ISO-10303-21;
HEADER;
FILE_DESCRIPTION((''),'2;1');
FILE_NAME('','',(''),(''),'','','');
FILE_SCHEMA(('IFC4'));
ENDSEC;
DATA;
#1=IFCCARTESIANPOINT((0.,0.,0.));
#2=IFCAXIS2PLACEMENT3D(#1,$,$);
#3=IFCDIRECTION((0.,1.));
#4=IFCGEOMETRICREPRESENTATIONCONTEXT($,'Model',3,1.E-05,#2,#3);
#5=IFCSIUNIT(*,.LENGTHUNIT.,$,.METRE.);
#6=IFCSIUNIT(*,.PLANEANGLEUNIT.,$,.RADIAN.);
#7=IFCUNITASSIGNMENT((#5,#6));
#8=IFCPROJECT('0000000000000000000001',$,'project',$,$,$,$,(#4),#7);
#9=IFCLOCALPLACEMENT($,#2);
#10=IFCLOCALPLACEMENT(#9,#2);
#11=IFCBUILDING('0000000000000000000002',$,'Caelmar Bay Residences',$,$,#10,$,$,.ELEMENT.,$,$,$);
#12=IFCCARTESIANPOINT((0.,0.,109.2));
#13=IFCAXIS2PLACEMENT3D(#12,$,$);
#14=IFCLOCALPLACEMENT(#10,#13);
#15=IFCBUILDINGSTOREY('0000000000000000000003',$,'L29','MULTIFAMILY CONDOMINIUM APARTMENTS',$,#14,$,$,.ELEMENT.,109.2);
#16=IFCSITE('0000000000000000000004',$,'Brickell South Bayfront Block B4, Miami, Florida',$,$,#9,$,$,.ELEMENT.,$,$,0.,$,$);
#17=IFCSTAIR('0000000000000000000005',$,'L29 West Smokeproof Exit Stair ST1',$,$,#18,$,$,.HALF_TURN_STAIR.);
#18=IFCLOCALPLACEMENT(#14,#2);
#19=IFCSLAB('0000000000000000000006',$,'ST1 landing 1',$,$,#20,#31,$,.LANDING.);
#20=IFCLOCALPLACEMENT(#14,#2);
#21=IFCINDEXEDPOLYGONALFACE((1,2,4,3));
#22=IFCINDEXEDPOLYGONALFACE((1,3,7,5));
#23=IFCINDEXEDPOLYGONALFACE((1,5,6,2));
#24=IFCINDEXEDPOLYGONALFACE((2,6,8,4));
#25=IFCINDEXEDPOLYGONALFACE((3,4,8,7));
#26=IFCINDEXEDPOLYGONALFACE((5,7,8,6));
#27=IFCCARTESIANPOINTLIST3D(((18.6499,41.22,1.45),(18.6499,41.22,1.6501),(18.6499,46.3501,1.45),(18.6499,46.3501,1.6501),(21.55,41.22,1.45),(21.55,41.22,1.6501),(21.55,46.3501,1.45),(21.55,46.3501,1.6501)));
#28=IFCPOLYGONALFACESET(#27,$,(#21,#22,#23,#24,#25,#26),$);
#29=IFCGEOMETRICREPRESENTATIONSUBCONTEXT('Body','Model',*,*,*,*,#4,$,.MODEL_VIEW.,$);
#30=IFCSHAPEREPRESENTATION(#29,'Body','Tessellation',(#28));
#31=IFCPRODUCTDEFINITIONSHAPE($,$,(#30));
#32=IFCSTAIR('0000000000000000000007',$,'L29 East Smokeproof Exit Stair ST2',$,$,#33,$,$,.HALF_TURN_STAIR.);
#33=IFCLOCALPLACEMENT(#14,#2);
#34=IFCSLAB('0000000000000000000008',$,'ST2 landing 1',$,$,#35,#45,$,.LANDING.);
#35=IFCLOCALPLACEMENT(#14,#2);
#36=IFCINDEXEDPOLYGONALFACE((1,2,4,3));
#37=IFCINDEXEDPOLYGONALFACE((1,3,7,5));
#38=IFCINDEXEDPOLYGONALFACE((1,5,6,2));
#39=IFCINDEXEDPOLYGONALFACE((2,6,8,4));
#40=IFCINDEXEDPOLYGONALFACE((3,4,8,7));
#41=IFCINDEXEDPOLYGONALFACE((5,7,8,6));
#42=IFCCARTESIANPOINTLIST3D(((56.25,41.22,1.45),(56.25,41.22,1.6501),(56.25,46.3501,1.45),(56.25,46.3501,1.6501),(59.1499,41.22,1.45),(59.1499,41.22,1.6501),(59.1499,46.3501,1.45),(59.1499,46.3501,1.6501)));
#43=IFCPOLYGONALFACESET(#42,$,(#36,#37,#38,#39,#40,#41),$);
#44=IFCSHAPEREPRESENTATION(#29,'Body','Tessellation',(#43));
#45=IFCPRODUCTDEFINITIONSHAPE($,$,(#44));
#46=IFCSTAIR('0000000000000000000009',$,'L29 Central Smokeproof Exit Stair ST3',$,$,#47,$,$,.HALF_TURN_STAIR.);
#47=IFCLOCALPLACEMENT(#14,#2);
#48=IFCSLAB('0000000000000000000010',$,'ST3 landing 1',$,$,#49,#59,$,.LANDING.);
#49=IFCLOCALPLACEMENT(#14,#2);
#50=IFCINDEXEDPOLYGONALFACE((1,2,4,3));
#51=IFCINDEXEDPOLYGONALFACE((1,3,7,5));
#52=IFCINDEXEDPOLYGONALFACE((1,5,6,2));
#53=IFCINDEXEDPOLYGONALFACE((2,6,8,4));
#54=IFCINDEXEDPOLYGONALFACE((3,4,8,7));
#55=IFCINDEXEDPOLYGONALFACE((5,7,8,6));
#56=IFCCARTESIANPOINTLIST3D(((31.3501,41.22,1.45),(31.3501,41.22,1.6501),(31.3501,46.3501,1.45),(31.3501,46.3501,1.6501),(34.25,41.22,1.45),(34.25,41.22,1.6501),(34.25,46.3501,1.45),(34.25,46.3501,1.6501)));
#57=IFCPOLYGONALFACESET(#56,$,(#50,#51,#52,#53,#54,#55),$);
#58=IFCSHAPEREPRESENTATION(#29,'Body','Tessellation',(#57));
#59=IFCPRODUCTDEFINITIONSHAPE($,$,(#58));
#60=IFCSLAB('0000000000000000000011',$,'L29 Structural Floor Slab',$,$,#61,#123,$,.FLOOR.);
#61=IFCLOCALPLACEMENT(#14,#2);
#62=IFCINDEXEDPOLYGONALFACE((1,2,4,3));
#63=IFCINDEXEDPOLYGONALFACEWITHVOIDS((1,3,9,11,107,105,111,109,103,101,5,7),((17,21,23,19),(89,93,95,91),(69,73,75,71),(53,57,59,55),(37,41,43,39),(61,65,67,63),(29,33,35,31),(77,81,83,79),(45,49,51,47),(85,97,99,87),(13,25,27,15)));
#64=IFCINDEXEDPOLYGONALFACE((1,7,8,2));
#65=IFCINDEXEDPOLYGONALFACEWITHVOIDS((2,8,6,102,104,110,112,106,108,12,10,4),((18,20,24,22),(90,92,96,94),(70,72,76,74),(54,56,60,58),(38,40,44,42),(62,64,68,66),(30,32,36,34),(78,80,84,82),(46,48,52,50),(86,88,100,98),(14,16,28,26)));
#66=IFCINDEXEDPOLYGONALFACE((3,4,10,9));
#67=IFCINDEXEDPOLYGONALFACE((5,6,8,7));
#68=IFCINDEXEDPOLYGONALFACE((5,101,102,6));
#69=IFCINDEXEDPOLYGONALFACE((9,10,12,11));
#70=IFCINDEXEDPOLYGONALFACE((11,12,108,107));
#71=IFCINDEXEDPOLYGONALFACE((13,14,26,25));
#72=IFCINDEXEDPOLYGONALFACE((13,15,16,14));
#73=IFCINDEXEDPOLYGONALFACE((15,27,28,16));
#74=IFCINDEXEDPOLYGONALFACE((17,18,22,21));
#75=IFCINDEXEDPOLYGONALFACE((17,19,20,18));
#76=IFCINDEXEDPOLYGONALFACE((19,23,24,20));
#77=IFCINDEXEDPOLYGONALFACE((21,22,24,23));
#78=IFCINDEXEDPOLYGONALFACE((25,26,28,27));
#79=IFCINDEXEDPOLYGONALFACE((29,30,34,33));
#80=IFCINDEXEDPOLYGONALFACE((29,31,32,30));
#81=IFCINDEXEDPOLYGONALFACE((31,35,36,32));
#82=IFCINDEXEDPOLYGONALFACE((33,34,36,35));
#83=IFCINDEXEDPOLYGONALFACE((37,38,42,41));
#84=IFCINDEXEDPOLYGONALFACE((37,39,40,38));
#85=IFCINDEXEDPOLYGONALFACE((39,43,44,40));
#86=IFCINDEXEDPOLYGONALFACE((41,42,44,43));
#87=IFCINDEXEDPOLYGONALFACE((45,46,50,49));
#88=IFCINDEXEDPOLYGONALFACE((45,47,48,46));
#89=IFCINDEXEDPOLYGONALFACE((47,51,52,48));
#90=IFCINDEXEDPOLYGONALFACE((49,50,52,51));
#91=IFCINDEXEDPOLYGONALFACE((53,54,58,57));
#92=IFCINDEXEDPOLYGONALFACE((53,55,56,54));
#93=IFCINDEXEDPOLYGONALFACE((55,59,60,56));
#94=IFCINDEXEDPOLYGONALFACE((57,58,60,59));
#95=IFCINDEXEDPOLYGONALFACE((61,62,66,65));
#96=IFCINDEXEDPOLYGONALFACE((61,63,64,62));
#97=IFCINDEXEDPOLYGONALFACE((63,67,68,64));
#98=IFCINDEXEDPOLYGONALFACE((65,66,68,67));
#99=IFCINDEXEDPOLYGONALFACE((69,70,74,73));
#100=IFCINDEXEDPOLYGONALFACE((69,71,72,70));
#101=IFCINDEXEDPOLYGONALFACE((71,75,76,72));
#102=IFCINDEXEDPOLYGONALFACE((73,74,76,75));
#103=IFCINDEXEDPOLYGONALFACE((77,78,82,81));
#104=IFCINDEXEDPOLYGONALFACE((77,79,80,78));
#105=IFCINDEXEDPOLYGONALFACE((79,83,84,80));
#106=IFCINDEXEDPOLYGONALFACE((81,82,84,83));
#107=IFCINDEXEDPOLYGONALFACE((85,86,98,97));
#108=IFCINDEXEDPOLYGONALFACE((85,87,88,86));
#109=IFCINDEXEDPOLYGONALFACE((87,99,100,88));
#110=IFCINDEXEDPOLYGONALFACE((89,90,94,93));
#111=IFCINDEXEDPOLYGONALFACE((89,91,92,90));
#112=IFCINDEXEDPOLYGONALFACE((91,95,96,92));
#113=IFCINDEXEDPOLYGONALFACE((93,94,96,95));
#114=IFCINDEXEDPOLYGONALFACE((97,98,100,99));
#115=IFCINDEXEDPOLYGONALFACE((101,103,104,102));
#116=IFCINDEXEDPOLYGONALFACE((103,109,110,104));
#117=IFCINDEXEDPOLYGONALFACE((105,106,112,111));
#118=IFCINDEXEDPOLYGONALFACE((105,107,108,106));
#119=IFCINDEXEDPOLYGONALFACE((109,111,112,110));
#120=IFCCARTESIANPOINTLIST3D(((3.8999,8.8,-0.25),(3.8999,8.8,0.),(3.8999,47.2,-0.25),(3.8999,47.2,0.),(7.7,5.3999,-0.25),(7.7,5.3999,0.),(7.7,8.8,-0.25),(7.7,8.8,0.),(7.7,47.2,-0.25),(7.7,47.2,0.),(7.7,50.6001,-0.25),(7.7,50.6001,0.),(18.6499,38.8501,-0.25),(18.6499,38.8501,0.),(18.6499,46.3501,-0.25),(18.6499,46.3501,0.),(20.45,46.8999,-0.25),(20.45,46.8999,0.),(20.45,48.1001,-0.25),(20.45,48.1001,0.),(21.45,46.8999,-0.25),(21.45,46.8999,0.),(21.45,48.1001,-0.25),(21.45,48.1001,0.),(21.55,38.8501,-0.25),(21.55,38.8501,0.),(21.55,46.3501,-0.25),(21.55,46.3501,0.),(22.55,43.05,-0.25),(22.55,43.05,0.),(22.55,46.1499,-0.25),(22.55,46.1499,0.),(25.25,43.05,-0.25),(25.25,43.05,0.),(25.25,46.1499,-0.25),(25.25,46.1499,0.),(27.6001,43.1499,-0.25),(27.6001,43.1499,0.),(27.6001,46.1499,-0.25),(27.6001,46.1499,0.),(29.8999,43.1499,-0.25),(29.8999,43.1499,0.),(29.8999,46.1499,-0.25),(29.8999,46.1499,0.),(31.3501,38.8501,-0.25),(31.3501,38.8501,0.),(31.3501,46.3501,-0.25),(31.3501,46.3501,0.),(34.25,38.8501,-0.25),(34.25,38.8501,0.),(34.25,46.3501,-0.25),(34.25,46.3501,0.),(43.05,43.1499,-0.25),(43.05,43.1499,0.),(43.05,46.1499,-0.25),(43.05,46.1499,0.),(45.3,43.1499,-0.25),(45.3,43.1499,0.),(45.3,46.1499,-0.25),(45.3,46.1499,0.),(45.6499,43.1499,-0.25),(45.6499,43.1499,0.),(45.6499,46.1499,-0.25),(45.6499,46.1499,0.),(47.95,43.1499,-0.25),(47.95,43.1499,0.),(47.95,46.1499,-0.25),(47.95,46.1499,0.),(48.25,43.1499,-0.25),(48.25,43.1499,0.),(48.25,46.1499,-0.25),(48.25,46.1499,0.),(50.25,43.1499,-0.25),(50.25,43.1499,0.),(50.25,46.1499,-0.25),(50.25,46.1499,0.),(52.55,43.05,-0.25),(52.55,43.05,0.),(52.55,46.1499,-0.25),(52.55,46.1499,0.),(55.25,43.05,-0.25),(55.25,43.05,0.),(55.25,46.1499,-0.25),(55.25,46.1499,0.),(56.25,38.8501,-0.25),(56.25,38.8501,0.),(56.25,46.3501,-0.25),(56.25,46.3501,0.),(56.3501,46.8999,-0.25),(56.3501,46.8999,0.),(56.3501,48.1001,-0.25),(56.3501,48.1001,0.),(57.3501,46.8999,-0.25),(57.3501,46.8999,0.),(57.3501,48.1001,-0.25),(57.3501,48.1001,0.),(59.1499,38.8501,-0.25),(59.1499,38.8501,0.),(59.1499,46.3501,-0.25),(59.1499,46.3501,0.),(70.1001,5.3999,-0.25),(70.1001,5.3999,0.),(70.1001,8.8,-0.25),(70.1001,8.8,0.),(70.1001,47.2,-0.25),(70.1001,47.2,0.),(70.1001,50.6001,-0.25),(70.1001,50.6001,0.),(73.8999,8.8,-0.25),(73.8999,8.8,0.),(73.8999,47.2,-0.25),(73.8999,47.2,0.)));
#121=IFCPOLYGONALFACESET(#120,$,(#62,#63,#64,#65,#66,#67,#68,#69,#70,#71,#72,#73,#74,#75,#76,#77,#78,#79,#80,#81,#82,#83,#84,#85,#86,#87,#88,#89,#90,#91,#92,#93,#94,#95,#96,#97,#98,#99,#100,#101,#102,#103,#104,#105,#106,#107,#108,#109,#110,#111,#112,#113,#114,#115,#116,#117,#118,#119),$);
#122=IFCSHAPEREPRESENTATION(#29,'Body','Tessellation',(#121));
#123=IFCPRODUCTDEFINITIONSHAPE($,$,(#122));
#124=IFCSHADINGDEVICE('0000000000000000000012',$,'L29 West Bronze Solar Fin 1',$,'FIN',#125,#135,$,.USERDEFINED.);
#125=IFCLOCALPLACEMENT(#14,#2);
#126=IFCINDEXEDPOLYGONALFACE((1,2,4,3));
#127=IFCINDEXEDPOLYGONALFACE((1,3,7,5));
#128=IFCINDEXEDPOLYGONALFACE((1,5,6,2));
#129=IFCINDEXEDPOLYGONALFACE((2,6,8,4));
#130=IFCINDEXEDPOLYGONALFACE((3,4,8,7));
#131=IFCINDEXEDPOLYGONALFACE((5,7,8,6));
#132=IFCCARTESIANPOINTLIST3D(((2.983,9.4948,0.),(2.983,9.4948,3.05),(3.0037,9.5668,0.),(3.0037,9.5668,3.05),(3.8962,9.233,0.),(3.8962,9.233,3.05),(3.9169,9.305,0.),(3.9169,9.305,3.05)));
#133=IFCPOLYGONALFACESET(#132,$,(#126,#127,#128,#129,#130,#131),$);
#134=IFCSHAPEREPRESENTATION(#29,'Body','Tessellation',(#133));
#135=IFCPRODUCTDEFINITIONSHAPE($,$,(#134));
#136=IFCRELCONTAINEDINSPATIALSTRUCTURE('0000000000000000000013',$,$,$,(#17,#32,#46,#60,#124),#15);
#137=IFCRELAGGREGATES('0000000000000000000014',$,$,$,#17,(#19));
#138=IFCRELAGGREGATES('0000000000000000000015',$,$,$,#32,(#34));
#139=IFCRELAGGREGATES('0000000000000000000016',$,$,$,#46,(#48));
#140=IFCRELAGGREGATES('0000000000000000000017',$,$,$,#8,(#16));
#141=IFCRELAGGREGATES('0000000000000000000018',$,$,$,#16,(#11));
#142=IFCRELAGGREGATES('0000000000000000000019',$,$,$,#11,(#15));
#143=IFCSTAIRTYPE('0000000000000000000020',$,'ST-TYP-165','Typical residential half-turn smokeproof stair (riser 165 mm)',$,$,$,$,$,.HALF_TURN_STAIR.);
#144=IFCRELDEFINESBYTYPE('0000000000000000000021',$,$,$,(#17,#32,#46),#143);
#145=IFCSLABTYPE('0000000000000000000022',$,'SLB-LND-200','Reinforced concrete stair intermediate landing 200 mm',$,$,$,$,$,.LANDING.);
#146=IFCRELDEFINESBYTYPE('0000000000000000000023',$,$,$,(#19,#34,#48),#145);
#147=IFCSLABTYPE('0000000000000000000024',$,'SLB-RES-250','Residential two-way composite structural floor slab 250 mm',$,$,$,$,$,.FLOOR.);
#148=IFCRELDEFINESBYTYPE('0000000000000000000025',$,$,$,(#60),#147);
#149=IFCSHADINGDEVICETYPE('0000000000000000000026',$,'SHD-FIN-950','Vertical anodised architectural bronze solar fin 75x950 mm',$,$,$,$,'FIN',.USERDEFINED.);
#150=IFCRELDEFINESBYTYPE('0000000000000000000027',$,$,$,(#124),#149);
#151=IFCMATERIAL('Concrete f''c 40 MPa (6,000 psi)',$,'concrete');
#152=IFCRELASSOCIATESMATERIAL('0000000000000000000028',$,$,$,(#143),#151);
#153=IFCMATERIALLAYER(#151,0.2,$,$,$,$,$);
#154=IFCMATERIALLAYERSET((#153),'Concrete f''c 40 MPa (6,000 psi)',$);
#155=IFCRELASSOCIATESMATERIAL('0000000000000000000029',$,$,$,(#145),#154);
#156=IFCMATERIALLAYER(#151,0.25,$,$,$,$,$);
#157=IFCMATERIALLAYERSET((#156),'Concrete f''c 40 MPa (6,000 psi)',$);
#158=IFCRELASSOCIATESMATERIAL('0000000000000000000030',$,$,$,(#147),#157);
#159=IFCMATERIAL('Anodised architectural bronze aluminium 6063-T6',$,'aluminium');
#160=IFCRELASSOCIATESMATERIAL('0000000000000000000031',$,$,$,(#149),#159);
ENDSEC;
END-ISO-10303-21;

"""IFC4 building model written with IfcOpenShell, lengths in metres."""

from ifc_helpers import new_model, si_unit, direction, frame, origin, origin_2d, place, context, subcontext, project, spatial, polyline, rectangle, outline, extrude, material, layer, layer_set, material_profile, profile_set, type_object, element, aggregate, save


model = new_model("IFC4")

# Units and contexts
model_context = context("Model", 3, precision=1e-05, world=origin(), true_north=direction((0.0, 1.0)))
body_context = subcontext(model_context, "Body", "Model", "MODEL_VIEW")
ifc_project = project(units=[si_unit("LENGTHUNIT", "METRE"), si_unit("PLANEANGLEUNIT", "RADIAN")], contexts=[model_context])

# Site, building, storey
site_placement = place(None, origin())
site = spatial("IfcSite", under=ifc_project, at=site_placement, Name="Brickell South Bayfront Block B4, Miami, Florida", CompositionType="ELEMENT", RefElevation=0.0)
building_placement = place(site_placement, origin())
building = spatial("IfcBuilding", under=site, at=building_placement, Name="Caelmar Bay Residences", CompositionType="ELEMENT")
storey_placement = place(building_placement, frame((0.0, 0.0, 109.2)))
storey = spatial("IfcBuildingStorey", under=building, at=storey_placement, Name="L29", Description="MULTIFAMILY CONDOMINIUM APARTMENTS", CompositionType="ELEMENT", Elevation=109.2)

# Shared definitions
ifc_material_1 = material(Name="Concrete f'c 40 MPa (6,000 psi)", Category="concrete")

# Stairs, slabs
stair_type = type_object("IfcStairType", Name="ST-TYP-165", Description="Typical residential half-turn smokeproof stair (riser 165 mm)", PredefinedType="HALF_TURN_STAIR", material=ifc_material_1)
stair_1_placement = place(storey_placement, origin())
stair_1 = element("IfcStair", 1, at=stair_1_placement, inside=storey, type_object=stair_type, Name="L29 West Smokeproof Exit Stair ST1", PredefinedType="HALF_TURN_STAIR")
ifc_layer_1 = layer(ifc_material_1, 0.2)
ifc_layer_set_1 = layer_set([ifc_layer_1], Name="Concrete f'c 40 MPa (6,000 psi)")
slab_type_1 = type_object("IfcSlabType", Name="SLB-LND-200", Description="Reinforced concrete stair intermediate landing 200 mm", PredefinedType="LANDING", material=ifc_layer_set_1)
slab_1_placement = place(storey_placement, frame((0.0, 0.0, 1.45)))
slab_1 = element("IfcSlab", 2, at=slab_1_placement, type_object=slab_type_1, Name="ST1 landing 1", PredefinedType="LANDING", context=body_context, shape_type="SweptSolid", body=[
    extrude(outline(polyline([(21.55, 41.22), (21.55, 46.3501), (18.6499, 46.3501), (18.6499, 41.22), (21.55, 41.22)])), origin(), (0.0, 0.0, 1.0), 0.2002),
])
aggregate(stair_1, [slab_1])
stair_2_placement = place(storey_placement, origin())
stair_2 = element("IfcStair", 3, at=stair_2_placement, inside=storey, type_object=stair_type, Name="L29 East Smokeproof Exit Stair ST2", PredefinedType="HALF_TURN_STAIR")
slab_2_placement = place(storey_placement, frame((0.0, 0.0, 1.45)))
slab_2 = element("IfcSlab", 4, at=slab_2_placement, type_object=slab_type_1, Name="ST2 landing 1", PredefinedType="LANDING", context=body_context, shape_type="SweptSolid", body=[
    extrude(outline(polyline([(59.1499, 41.22), (59.1499, 46.3501), (56.25, 46.3501), (56.25, 41.22), (59.1499, 41.22)])), origin(), (0.0, 0.0, 1.0), 0.2002),
])
aggregate(stair_2, [slab_2])
stair_3_placement = place(storey_placement, origin())
stair_3 = element("IfcStair", 5, at=stair_3_placement, inside=storey, type_object=stair_type, Name="L29 Central Smokeproof Exit Stair ST3", PredefinedType="HALF_TURN_STAIR")
slab_3_placement = place(storey_placement, frame((0.0, 0.0, 1.45)))
slab_3 = element("IfcSlab", 6, at=slab_3_placement, type_object=slab_type_1, Name="ST3 landing 1", PredefinedType="LANDING", context=body_context, shape_type="SweptSolid", body=[
    extrude(outline(polyline([(34.25, 41.22), (34.25, 46.3501), (31.3501, 46.3501), (31.3501, 41.22), (34.25, 41.22)])), origin(), (0.0, 0.0, 1.0), 0.2002),
])
aggregate(stair_3, [slab_3])

# Slab
ifc_layer_2 = layer(ifc_material_1, 0.25)
ifc_layer_set_2 = layer_set([ifc_layer_2], Name="Concrete f'c 40 MPa (6,000 psi)")
slab_type_2 = type_object("IfcSlabType", Name="SLB-RES-250", Description="Residential two-way composite structural floor slab 250 mm", PredefinedType="FLOOR", material=ifc_layer_set_2)
slab_4_placement = place(storey_placement, frame((0.0, 0.0, -0.25)))
element("IfcSlab", 7, at=slab_4_placement, inside=storey, type_object=slab_type_2, Name="L29 Structural Floor Slab", PredefinedType="FLOOR", context=body_context, shape_type="SweptSolid", body=[
    extrude(outline(polyline([(7.7, 5.3999), (70.1001, 5.3999), (70.1001, 8.8), (73.8999, 8.8), (73.8999, 47.2), (70.1001, 47.2), (70.1001, 50.6001), (7.7, 50.6001), (7.7, 47.2), (3.8999, 47.2), (3.8999, 8.8), (7.7, 8.8), (7.7, 5.3999)]), holes=[polyline([(18.6499, 38.8501), (21.55, 38.8501), (21.55, 46.3501), (18.6499, 46.3501), (18.6499, 38.8501)]), polyline([(56.25, 38.8501), (59.1499, 38.8501), (59.1499, 46.3501), (56.25, 46.3501), (56.25, 38.8501)]), polyline([(31.3501, 38.8501), (34.25, 38.8501), (34.25, 46.3501), (31.3501, 46.3501), (31.3501, 38.8501)]), polyline([(22.55, 43.05), (25.25, 43.05), (25.25, 46.1499), (22.55, 46.1499), (22.55, 43.05)]), polyline([(52.55, 43.05), (55.25, 43.05), (55.25, 46.1499), (52.55, 46.1499), (52.55, 43.05)]), polyline([(43.05, 43.1499), (45.3, 43.1499), (45.3, 46.1499), (43.05, 46.1499), (43.05, 43.1499)]), polyline([(45.6499, 43.1499), (47.95, 43.1499), (47.95, 46.1499), (45.6499, 46.1499), (45.6499, 43.1499)]), polyline([(48.25, 43.1499), (50.25, 43.1499), (50.25, 46.1499), (48.25, 46.1499), (48.25, 43.1499)]), polyline([(27.6001, 43.1499), (29.8999, 43.1499), (29.8999, 46.1499), (27.6001, 46.1499), (27.6001, 43.1499)]), polyline([(20.45, 46.8999), (21.45, 46.8999), (21.45, 48.1001), (20.45, 48.1001), (20.45, 46.8999)]), polyline([(56.3501, 46.8999), (57.3501, 46.8999), (57.3501, 48.1001), (56.3501, 48.1001), (56.3501, 46.8999)])]), origin(), (0.0, 0.0, 1.0), 0.25),
])

# Shading device
ifc_material_2 = material(Name="Anodised architectural bronze aluminium 6063-T6", Category="aluminium")
ifc_material_profile_1 = material_profile(ifc_material_2, rectangle(XDim=0.075, YDim=0.95, at=origin_2d()), Name="BRONZE-FIN-75X950")
ifc_profile_set_1 = profile_set([ifc_material_profile_1], Name="Anodised architectural bronze aluminium 6063-T6")
shading_device_type = type_object("IfcShadingDeviceType", Name="SHD-FIN-950", Description="Vertical anodised architectural bronze solar fin 75x950 mm", ElementType="FIN", PredefinedType="USERDEFINED", material=ifc_profile_set_1)
shading_device_placement = place(storey_placement, frame((3.45, 9.3999, 0.0), z_axis=(0.0, 0.0, 1.0), x_axis=(0.275637, 0.961262, 0.0)))
element("IfcShadingDevice", 8, at=shading_device_placement, inside=storey, type_object=shading_device_type, Name="L29 West Bronze Solar Fin 1", ObjectType="FIN", PredefinedType="USERDEFINED", context=body_context, shape_type="SweptSolid", body=[
    extrude(rectangle(XDim=0.075, YDim=0.95, at=origin_2d()), origin(), (0.0, 0.0, 1.0), 3.05),
])

save(model, "model.ifc")
